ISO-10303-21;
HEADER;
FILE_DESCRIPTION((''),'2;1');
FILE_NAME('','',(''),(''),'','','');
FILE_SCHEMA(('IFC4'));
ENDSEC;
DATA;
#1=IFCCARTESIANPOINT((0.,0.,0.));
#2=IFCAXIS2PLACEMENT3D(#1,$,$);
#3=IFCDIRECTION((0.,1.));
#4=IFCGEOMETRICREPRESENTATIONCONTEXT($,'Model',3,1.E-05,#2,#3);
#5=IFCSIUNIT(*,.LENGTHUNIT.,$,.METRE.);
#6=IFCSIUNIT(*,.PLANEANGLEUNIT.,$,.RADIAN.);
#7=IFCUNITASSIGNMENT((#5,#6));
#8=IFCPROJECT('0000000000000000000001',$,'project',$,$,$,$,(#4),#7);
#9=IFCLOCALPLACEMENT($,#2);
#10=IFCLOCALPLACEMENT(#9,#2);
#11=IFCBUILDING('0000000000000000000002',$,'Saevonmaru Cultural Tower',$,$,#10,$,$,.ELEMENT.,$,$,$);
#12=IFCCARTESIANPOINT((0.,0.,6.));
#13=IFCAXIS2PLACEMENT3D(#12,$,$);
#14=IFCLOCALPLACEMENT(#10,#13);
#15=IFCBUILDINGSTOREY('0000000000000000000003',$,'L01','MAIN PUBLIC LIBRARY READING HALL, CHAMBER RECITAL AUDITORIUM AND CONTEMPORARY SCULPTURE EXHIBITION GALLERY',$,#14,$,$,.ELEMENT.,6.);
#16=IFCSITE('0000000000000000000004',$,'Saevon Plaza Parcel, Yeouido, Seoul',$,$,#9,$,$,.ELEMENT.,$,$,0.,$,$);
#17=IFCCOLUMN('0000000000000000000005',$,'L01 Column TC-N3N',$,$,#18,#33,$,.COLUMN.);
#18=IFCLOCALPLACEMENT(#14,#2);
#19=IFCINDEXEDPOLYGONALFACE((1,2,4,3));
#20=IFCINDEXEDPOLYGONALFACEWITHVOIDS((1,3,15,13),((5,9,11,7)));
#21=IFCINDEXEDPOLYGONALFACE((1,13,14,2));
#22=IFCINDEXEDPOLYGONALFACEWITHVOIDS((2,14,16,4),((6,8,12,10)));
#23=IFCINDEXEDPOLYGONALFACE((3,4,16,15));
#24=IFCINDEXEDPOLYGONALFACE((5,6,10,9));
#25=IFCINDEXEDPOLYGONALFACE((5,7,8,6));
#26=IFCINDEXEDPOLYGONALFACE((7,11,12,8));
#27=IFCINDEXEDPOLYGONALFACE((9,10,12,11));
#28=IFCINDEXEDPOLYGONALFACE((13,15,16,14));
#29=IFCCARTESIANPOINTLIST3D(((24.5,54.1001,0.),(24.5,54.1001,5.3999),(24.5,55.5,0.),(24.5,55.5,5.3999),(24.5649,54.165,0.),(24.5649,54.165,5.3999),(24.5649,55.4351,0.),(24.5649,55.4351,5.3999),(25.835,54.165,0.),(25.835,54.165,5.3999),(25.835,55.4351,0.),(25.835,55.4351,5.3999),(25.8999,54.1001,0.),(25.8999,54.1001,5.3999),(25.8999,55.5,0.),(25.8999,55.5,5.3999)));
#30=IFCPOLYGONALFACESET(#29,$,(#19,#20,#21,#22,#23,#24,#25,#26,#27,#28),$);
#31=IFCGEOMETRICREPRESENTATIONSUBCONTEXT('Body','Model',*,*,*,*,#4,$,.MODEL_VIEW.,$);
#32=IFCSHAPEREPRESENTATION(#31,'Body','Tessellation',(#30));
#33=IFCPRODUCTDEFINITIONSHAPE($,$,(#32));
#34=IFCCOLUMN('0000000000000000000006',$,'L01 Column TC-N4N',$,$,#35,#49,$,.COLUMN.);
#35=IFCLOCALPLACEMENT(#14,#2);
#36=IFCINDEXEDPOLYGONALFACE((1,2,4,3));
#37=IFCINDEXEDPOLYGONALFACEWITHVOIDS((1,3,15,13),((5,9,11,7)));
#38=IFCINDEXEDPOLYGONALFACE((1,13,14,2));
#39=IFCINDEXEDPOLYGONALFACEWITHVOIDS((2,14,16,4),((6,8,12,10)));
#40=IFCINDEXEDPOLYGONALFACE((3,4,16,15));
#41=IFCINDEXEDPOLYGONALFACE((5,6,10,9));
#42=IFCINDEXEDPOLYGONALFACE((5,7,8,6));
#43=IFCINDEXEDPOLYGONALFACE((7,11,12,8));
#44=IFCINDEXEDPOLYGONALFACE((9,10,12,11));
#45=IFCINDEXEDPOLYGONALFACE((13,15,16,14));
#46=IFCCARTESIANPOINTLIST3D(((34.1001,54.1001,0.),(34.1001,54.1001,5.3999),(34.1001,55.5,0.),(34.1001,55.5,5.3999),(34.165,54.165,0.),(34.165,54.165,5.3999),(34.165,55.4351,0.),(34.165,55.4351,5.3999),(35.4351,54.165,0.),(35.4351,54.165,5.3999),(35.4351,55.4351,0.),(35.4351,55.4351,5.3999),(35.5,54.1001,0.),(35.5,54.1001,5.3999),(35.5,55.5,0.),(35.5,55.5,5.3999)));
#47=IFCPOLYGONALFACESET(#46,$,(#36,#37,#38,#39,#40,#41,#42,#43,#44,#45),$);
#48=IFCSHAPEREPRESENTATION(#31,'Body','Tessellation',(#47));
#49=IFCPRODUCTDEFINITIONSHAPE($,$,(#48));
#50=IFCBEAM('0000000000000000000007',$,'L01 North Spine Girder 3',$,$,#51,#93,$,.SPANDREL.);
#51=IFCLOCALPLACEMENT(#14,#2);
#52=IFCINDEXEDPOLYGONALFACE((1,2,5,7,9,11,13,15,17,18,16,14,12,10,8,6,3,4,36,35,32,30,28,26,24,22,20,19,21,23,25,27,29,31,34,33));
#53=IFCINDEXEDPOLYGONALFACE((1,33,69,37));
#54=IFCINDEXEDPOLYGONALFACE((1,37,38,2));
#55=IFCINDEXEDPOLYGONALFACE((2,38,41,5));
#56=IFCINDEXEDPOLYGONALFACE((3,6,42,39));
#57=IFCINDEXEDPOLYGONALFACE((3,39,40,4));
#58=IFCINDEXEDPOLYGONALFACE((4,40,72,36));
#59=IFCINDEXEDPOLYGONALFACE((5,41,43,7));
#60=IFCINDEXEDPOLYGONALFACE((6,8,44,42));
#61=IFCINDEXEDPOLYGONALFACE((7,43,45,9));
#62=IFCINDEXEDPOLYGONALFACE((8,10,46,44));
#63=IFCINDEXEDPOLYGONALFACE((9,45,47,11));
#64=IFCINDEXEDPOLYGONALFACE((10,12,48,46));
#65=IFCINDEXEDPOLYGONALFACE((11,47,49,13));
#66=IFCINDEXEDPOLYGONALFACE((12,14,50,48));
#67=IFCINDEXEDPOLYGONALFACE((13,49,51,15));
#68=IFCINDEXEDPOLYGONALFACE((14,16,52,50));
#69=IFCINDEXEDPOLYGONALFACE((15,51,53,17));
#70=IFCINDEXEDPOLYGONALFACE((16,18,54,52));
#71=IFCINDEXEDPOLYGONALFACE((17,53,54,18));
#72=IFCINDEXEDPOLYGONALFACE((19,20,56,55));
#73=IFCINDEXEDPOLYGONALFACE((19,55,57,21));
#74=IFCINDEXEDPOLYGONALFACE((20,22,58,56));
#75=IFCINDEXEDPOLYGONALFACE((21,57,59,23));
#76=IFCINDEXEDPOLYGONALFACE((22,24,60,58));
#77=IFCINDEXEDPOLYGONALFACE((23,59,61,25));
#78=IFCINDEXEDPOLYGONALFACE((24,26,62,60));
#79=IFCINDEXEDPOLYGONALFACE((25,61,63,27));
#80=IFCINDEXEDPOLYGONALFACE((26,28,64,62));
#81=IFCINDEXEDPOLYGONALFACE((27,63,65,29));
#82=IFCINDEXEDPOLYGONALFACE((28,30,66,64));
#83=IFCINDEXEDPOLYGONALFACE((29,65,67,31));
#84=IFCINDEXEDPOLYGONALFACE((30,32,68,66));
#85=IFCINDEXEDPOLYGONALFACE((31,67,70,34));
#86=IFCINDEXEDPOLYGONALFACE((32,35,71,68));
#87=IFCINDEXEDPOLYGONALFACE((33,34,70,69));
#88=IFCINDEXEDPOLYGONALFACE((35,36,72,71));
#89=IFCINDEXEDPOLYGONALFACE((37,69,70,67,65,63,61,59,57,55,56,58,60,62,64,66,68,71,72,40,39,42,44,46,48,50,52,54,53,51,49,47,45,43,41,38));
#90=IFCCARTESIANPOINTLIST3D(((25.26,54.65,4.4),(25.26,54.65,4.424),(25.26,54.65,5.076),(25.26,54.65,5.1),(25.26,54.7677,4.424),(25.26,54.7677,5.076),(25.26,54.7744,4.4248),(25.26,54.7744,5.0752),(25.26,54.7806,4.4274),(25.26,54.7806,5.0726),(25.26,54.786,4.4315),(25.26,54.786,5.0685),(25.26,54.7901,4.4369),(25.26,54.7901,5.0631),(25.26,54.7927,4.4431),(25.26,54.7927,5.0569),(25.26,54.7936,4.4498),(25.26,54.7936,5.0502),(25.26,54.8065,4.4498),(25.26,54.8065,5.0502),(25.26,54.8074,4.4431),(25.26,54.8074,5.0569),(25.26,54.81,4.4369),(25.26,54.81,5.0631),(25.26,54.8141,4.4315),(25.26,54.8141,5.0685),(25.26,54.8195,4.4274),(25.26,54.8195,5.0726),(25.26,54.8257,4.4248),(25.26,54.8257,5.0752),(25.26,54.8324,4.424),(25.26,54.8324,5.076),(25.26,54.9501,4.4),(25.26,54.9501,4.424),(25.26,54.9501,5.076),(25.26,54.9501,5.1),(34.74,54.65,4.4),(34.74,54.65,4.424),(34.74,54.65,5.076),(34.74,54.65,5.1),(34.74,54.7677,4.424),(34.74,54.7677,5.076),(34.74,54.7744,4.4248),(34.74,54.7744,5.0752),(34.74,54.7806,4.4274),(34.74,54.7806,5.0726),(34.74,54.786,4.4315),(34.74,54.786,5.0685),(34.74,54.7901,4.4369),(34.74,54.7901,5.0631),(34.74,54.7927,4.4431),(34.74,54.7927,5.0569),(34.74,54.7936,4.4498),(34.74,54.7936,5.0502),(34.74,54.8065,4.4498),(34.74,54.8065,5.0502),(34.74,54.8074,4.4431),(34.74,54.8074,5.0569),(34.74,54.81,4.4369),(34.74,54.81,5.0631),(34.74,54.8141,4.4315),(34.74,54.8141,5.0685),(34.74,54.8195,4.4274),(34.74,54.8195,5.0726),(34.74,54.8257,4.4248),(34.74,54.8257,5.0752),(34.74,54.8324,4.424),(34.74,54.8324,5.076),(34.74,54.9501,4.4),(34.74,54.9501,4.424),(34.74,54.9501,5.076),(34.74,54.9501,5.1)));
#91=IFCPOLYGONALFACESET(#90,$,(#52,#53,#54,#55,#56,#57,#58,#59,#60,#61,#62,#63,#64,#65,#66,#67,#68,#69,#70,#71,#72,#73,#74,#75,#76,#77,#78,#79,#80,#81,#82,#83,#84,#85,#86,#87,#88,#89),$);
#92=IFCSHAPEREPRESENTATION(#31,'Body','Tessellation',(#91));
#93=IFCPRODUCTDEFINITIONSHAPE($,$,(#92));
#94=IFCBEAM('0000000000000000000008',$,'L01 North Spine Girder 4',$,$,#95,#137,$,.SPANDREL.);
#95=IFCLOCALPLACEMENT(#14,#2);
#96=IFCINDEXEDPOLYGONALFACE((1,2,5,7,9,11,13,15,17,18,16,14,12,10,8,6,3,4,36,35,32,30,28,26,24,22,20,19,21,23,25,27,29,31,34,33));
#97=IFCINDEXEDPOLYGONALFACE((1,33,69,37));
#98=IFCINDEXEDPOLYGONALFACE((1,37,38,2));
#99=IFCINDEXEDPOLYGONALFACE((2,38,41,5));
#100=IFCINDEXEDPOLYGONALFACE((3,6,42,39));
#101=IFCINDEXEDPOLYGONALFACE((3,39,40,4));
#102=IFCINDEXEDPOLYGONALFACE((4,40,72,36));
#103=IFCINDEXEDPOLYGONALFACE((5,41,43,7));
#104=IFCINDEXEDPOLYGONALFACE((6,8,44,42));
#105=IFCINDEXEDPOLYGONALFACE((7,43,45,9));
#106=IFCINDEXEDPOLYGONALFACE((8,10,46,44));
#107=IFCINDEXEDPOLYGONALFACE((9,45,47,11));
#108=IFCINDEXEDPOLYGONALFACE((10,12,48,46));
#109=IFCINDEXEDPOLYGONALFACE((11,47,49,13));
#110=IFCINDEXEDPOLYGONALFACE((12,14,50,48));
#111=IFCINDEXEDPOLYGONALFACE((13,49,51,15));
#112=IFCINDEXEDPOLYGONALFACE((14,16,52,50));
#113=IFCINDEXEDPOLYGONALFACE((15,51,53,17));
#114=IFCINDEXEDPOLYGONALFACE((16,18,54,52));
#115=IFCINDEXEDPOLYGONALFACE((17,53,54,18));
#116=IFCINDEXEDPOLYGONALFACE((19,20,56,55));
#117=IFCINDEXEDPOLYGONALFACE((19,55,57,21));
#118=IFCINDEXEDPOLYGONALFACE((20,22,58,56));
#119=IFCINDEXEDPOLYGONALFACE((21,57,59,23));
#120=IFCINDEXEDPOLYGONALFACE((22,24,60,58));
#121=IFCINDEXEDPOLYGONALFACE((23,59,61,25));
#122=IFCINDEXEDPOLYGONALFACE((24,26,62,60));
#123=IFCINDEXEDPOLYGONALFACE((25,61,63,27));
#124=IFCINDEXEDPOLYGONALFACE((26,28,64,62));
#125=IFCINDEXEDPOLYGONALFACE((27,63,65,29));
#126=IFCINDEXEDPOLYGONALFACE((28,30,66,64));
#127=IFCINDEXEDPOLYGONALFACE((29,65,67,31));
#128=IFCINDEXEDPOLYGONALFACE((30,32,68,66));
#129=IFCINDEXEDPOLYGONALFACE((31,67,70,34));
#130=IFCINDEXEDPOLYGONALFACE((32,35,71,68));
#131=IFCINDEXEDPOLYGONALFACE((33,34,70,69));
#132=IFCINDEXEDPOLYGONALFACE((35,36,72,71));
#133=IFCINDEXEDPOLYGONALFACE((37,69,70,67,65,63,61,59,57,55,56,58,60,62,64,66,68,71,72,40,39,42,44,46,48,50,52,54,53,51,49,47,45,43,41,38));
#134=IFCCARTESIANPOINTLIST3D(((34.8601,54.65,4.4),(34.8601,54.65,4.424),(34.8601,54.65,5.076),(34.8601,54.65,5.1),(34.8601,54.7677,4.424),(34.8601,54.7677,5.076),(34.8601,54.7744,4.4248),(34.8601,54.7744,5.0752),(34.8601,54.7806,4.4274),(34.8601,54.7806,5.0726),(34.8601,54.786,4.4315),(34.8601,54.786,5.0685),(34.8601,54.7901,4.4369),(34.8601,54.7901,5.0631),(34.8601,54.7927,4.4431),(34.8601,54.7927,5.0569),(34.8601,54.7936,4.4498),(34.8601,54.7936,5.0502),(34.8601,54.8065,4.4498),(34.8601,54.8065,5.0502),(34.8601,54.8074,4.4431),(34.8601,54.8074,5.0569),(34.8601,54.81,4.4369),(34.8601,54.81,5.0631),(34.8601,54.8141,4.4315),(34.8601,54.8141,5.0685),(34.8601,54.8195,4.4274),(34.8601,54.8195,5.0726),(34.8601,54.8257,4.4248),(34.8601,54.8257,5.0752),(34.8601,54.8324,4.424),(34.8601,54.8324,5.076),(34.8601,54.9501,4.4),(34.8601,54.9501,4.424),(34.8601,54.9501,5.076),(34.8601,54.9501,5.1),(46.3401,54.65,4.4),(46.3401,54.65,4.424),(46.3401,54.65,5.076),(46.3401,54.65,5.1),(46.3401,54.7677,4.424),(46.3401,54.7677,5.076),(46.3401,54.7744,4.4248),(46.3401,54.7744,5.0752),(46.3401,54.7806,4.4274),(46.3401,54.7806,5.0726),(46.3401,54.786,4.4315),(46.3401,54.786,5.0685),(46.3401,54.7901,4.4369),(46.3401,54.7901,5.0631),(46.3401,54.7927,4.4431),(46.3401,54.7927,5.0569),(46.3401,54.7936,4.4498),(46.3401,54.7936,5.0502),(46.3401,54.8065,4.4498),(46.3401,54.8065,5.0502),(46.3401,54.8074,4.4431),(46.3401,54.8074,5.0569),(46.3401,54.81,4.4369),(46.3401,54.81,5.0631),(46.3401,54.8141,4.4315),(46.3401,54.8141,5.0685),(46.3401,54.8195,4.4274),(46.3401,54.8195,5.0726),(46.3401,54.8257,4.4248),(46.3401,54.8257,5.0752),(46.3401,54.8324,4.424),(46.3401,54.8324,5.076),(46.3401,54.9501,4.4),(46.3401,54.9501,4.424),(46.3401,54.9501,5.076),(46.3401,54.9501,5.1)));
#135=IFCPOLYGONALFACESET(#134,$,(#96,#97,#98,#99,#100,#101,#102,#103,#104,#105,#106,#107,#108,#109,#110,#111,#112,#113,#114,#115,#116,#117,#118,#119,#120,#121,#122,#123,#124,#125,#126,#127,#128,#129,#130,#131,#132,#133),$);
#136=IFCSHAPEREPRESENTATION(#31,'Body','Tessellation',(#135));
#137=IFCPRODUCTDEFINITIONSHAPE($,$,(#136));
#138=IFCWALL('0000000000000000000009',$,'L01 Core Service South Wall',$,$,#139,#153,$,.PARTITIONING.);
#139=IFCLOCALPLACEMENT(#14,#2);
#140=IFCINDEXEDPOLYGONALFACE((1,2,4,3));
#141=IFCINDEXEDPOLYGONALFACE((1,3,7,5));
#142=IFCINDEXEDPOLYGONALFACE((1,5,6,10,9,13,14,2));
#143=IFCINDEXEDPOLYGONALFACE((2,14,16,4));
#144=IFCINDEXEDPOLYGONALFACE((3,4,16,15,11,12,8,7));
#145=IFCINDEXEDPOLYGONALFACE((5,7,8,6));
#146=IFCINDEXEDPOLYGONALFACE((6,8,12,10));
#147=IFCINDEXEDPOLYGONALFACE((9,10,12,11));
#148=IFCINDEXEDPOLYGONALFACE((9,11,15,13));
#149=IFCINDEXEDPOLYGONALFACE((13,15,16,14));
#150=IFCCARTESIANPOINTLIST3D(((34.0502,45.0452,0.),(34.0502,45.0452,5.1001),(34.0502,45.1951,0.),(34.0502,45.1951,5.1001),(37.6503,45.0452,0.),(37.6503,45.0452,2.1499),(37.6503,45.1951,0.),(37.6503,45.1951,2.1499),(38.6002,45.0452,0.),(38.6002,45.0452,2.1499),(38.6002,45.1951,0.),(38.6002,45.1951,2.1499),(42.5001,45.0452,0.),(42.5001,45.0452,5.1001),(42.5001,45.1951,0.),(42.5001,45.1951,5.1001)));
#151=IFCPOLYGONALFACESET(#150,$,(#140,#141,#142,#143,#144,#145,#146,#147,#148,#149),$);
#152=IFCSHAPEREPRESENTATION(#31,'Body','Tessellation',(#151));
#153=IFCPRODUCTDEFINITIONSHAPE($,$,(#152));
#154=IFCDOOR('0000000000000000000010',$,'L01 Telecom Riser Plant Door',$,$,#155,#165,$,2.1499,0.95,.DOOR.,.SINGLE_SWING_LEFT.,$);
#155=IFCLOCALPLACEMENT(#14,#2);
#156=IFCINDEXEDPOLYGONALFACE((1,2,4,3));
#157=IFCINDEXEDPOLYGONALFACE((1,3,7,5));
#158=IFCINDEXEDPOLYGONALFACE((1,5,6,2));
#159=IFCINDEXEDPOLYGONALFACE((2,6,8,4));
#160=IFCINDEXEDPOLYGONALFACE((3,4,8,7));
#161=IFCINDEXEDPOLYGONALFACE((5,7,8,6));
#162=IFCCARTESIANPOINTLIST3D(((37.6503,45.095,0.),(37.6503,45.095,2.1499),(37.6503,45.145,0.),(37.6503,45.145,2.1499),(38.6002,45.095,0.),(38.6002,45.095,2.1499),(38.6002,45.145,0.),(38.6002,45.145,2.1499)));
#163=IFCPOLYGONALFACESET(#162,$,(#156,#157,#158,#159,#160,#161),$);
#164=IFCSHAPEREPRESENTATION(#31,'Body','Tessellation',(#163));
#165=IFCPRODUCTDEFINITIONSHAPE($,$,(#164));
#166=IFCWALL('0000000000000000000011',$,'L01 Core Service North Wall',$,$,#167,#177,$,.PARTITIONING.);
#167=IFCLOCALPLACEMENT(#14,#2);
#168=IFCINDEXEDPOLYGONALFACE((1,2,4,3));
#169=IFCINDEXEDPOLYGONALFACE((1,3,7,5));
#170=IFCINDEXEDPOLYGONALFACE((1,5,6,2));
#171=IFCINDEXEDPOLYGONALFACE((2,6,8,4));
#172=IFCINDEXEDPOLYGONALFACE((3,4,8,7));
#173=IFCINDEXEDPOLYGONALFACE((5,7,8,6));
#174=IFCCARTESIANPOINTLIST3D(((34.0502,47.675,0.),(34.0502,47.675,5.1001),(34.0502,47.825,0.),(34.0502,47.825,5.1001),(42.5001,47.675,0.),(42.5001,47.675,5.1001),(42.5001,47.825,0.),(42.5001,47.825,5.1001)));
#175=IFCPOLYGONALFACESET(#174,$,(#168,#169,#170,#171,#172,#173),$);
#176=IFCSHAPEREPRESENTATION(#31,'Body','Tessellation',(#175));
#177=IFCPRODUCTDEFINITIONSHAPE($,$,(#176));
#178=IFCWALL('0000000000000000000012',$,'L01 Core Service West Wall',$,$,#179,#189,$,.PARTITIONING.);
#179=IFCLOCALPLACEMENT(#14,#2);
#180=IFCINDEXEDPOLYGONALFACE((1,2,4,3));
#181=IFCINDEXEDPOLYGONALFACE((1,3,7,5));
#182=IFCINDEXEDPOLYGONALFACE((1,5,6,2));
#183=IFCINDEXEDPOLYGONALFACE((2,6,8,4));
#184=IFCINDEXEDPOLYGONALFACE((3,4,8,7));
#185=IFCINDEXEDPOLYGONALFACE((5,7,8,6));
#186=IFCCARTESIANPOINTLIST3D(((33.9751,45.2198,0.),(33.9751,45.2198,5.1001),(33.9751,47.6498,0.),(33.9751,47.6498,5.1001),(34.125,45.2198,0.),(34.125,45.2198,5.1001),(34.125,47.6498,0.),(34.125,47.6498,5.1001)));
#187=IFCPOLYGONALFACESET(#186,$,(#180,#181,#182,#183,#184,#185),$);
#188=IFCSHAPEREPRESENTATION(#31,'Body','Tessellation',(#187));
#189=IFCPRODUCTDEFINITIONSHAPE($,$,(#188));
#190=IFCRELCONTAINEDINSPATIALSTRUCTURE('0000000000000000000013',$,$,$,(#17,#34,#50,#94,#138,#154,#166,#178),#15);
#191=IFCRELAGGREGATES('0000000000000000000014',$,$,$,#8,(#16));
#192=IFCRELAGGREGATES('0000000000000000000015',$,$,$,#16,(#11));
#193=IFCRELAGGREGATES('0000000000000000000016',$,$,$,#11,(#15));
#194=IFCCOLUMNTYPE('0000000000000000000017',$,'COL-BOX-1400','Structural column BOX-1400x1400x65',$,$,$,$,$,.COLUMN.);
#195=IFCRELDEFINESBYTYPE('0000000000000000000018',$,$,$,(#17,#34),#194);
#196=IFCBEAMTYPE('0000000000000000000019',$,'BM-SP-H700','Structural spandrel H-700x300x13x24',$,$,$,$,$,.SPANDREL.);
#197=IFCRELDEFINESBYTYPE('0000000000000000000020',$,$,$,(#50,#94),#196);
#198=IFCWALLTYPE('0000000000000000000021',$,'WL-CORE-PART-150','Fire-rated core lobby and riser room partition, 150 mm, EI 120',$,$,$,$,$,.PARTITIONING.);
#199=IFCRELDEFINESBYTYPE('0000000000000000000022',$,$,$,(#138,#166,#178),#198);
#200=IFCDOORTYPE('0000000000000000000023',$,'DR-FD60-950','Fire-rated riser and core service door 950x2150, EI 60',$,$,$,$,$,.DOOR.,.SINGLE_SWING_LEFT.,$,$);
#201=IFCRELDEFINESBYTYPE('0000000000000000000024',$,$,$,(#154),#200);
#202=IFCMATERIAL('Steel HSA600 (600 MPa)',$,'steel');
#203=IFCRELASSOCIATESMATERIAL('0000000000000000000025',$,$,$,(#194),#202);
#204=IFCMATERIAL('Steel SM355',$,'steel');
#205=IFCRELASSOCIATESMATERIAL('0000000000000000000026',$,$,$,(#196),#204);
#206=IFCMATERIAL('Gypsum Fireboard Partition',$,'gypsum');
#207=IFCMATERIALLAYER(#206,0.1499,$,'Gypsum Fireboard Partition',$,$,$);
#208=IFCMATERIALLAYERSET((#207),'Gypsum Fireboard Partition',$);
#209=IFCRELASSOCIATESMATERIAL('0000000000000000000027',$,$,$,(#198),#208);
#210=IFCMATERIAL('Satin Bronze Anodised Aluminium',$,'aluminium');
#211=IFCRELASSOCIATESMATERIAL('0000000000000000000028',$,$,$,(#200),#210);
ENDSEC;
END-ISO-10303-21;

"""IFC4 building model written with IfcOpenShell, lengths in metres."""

from ifc_helpers import new_model, si_unit, direction, frame, frame_2d, origin, origin_2d, place, context, subcontext, project, spatial, rectangle, hollow_rectangle, i_section, extrude, material, layer, layer_set, material_profile, profile_set, type_object, element, fill, save


model = new_model("IFC4")

# Units and contexts
model_context = context("Model", 3, precision=1e-05, world=origin(), true_north=direction((0.0, 1.0)))
body_context = subcontext(model_context, "Body", "Model", "MODEL_VIEW")
ifc_project = project(units=[si_unit("LENGTHUNIT", "METRE"), si_unit("PLANEANGLEUNIT", "RADIAN")], contexts=[model_context])

# Site, building, storey
site_placement = place(None, origin())
site = spatial("IfcSite", under=ifc_project, at=site_placement, Name="Saevon Plaza Parcel, Yeouido, Seoul", CompositionType="ELEMENT", RefElevation=0.0)
building_placement = place(site_placement, origin())
building = spatial("IfcBuilding", under=site, at=building_placement, Name="Saevonmaru Cultural Tower", CompositionType="ELEMENT")
storey_placement = place(building_placement, frame((0.0, 0.0, 6.0)))
storey = spatial("IfcBuildingStorey", under=building, at=storey_placement, Name="L01", Description="MAIN PUBLIC LIBRARY READING HALL, CHAMBER RECITAL AUDITORIUM AND CONTEMPORARY SCULPTURE EXHIBITION GALLERY", CompositionType="ELEMENT", Elevation=6.0)

# Columns
ifc_material_1 = material(Name="Steel HSA600 (600 MPa)", Category="steel")
ifc_material_profile_1 = material_profile(ifc_material_1, hollow_rectangle(XDim=1.3999, YDim=1.3999, WallThickness=0.0649, at=origin_2d()), Name="BOX-1400x1400x65")
ifc_profile_set_1 = profile_set([ifc_material_profile_1], Name="Steel HSA600 (600 MPa)")
column_type = type_object("IfcColumnType", Name="COL-BOX-1400", Description="Structural column BOX-1400x1400x65", PredefinedType="COLUMN", material=ifc_profile_set_1)
for number, where, z_axis, x_axis, name in (
    (1, (25.2, 54.8, 0.0), (0.0, 0.0, 1.0), (1.0, 0.0, 0.0), "L01 Column TC-N3N"),
    (2, (34.8, 54.8, 0.0), (0.0, 0.0, 1.0), (1.0, 0.0, 0.0), "L01 Column TC-N4N"),
):
    element("IfcColumn", number, at=place(storey_placement, frame(where, z_axis=z_axis, x_axis=x_axis)), inside=storey, type_object=column_type, Name=name, PredefinedType="COLUMN", context=body_context, shape_type="SweptSolid", body=[
        extrude(hollow_rectangle(XDim=1.3999, YDim=1.3999, WallThickness=0.0649, at=origin_2d()), origin(), (0.0, 0.0, 1.0), 5.3999),
    ])

# Beams
ifc_material_2 = material(Name="Steel SM355", Category="steel")
ifc_material_profile_2 = material_profile(ifc_material_2, i_section(OverallWidth=0.3, OverallDepth=0.7, WebThickness=0.0129, FlangeThickness=0.0239, FilletRadius=0.0259, at=origin_2d()), Name="H-700x300x13x24")
ifc_profile_set_2 = profile_set([ifc_material_profile_2], Name="Steel SM355")
beam_type = type_object("IfcBeamType", Name="BM-SP-H700", Description="Structural spandrel H-700x300x13x24", PredefinedType="SPANDREL", material=ifc_profile_set_2)
beam_1_placement = place(storey_placement, frame((25.26, 54.8, 4.75), z_axis=(1.0, 0.0, 0.0), x_axis=(0.0, 1.0, 0.0)))
element("IfcBeam", 3, at=beam_1_placement, inside=storey, type_object=beam_type, Name="L01 North Spine Girder 3", PredefinedType="SPANDREL", context=body_context, shape_type="SweptSolid", body=[
    extrude(i_section(OverallWidth=0.3, OverallDepth=0.7, WebThickness=0.0129, FlangeThickness=0.0239, FilletRadius=0.0259, at=origin_2d()), origin(), (0.0, 0.0, 1.0), 9.48),
])
beam_2_placement = place(storey_placement, frame((34.8601, 54.8, 4.75), z_axis=(1.0, 0.0, 0.0), x_axis=(0.0, 1.0, 0.0)))
element("IfcBeam", 4, at=beam_2_placement, inside=storey, type_object=beam_type, Name="L01 North Spine Girder 4", PredefinedType="SPANDREL", context=body_context, shape_type="SweptSolid", body=[
    extrude(i_section(OverallWidth=0.3, OverallDepth=0.7, WebThickness=0.0129, FlangeThickness=0.0239, FilletRadius=0.0259, at=origin_2d()), origin(), (0.0, 0.0, 1.0), 11.48),
])

# Wall, opening, door
ifc_material_3 = material(Name="Gypsum Fireboard Partition", Category="gypsum")
ifc_layer_1 = layer(ifc_material_3, 0.1499, Name="Gypsum Fireboard Partition")
ifc_layer_set_1 = layer_set([ifc_layer_1], Name="Gypsum Fireboard Partition")
wall_type_1 = type_object("IfcWallType", Name="WL-CORE-PART-150", Description="Fire-rated core lobby and riser room partition, 150 mm, EI 120", PredefinedType="PARTITIONING", material=ifc_layer_set_1)
wall_1_placement = place(storey_placement, frame((34.05, 45.1201, 0.0), z_axis=(0.0, 0.0, 1.0), x_axis=(1.0, 0.0, 0.0)))
wall_1 = element("IfcWall", 5, at=wall_1_placement, inside=storey, type_object=wall_type_1, Name="L01 Core Service South Wall", PredefinedType="PARTITIONING", context=body_context, shape_type="SweptSolid", body=[
    extrude(rectangle(XDim=8.45, YDim=0.1499, at=frame_2d((4.2251, 0.0))), origin(), (0.0, 0.0, 1.0), 5.1001),
])
opening_1_placement = place(wall_1_placement, frame((3.6001, 0.0, 0.0)))
opening_1 = element("IfcOpeningElement", 6, at=opening_1_placement, cuts=wall_1, PredefinedType="OPENING", context=body_context, shape_type="SweptSolid", body=[
    extrude(rectangle(XDim=0.95, YDim=2.1499, at=frame_2d((0.4751, 1.075))), frame((0.0, 0.085, 0.0), z_axis=(0.0, -1.0, 0.0), x_axis=(1.0, 0.0, 0.0)), (0.0, 0.0, 1.0), 0.1699),
])
ifc_material_4 = material(Name="Satin Bronze Anodised Aluminium", Category="aluminium")
door_type_1 = type_object("IfcDoorType", Name="DR-FD60-950", Description="Fire-rated riser and core service door 950x2150, EI 60", OperationType="SINGLE_SWING_LEFT", PredefinedType="DOOR", material=ifc_material_4)
door_1_placement = place(opening_1_placement, origin())
door_1 = element("IfcDoor", 7, at=door_1_placement, inside=storey, type_object=door_type_1, Name="L01 Telecom Riser Plant Door", OperationType="SINGLE_SWING_LEFT", OverallHeight=2.1499, OverallWidth=0.95, PredefinedType="DOOR", context=body_context, shape_type="SweptSolid", body=[
    extrude(rectangle(XDim=0.95, YDim=2.1499, at=frame_2d((0.4751, 1.075))), frame((0.0, 0.0249, 0.0), z_axis=(0.0, -1.0, 0.0), x_axis=(1.0, 0.0, 0.0)), (0.0, 0.0, 1.0), 0.05),
])
fill(opening_1, door_1)

# Walls
wall_2_placement = place(storey_placement, frame((34.05, 47.75, 0.0), z_axis=(0.0, 0.0, 1.0), x_axis=(1.0, 0.0, 0.0)))
element("IfcWall", 8, at=wall_2_placement, inside=storey, type_object=wall_type_1, Name="L01 Core Service North Wall", PredefinedType="PARTITIONING", context=body_context, shape_type="SweptSolid", body=[
    extrude(rectangle(XDim=8.45, YDim=0.1499, at=frame_2d((4.2251, 0.0))), origin(), (0.0, 0.0, 1.0), 5.1001),
])
wall_3_placement = place(storey_placement, frame((34.05, 45.22, 0.0), z_axis=(0.0, 0.0, 1.0), x_axis=(0.0, 1.0, 0.0)))
element("IfcWall", 9, at=wall_3_placement, inside=storey, type_object=wall_type_1, Name="L01 Core Service West Wall", PredefinedType="PARTITIONING", context=body_context, shape_type="SweptSolid", body=[
    extrude(rectangle(XDim=2.4299, YDim=0.1499, at=frame_2d((1.2148, 0.0))), origin(), (0.0, 0.0, 1.0), 5.1001),
])

save(model, "model.ifc")
